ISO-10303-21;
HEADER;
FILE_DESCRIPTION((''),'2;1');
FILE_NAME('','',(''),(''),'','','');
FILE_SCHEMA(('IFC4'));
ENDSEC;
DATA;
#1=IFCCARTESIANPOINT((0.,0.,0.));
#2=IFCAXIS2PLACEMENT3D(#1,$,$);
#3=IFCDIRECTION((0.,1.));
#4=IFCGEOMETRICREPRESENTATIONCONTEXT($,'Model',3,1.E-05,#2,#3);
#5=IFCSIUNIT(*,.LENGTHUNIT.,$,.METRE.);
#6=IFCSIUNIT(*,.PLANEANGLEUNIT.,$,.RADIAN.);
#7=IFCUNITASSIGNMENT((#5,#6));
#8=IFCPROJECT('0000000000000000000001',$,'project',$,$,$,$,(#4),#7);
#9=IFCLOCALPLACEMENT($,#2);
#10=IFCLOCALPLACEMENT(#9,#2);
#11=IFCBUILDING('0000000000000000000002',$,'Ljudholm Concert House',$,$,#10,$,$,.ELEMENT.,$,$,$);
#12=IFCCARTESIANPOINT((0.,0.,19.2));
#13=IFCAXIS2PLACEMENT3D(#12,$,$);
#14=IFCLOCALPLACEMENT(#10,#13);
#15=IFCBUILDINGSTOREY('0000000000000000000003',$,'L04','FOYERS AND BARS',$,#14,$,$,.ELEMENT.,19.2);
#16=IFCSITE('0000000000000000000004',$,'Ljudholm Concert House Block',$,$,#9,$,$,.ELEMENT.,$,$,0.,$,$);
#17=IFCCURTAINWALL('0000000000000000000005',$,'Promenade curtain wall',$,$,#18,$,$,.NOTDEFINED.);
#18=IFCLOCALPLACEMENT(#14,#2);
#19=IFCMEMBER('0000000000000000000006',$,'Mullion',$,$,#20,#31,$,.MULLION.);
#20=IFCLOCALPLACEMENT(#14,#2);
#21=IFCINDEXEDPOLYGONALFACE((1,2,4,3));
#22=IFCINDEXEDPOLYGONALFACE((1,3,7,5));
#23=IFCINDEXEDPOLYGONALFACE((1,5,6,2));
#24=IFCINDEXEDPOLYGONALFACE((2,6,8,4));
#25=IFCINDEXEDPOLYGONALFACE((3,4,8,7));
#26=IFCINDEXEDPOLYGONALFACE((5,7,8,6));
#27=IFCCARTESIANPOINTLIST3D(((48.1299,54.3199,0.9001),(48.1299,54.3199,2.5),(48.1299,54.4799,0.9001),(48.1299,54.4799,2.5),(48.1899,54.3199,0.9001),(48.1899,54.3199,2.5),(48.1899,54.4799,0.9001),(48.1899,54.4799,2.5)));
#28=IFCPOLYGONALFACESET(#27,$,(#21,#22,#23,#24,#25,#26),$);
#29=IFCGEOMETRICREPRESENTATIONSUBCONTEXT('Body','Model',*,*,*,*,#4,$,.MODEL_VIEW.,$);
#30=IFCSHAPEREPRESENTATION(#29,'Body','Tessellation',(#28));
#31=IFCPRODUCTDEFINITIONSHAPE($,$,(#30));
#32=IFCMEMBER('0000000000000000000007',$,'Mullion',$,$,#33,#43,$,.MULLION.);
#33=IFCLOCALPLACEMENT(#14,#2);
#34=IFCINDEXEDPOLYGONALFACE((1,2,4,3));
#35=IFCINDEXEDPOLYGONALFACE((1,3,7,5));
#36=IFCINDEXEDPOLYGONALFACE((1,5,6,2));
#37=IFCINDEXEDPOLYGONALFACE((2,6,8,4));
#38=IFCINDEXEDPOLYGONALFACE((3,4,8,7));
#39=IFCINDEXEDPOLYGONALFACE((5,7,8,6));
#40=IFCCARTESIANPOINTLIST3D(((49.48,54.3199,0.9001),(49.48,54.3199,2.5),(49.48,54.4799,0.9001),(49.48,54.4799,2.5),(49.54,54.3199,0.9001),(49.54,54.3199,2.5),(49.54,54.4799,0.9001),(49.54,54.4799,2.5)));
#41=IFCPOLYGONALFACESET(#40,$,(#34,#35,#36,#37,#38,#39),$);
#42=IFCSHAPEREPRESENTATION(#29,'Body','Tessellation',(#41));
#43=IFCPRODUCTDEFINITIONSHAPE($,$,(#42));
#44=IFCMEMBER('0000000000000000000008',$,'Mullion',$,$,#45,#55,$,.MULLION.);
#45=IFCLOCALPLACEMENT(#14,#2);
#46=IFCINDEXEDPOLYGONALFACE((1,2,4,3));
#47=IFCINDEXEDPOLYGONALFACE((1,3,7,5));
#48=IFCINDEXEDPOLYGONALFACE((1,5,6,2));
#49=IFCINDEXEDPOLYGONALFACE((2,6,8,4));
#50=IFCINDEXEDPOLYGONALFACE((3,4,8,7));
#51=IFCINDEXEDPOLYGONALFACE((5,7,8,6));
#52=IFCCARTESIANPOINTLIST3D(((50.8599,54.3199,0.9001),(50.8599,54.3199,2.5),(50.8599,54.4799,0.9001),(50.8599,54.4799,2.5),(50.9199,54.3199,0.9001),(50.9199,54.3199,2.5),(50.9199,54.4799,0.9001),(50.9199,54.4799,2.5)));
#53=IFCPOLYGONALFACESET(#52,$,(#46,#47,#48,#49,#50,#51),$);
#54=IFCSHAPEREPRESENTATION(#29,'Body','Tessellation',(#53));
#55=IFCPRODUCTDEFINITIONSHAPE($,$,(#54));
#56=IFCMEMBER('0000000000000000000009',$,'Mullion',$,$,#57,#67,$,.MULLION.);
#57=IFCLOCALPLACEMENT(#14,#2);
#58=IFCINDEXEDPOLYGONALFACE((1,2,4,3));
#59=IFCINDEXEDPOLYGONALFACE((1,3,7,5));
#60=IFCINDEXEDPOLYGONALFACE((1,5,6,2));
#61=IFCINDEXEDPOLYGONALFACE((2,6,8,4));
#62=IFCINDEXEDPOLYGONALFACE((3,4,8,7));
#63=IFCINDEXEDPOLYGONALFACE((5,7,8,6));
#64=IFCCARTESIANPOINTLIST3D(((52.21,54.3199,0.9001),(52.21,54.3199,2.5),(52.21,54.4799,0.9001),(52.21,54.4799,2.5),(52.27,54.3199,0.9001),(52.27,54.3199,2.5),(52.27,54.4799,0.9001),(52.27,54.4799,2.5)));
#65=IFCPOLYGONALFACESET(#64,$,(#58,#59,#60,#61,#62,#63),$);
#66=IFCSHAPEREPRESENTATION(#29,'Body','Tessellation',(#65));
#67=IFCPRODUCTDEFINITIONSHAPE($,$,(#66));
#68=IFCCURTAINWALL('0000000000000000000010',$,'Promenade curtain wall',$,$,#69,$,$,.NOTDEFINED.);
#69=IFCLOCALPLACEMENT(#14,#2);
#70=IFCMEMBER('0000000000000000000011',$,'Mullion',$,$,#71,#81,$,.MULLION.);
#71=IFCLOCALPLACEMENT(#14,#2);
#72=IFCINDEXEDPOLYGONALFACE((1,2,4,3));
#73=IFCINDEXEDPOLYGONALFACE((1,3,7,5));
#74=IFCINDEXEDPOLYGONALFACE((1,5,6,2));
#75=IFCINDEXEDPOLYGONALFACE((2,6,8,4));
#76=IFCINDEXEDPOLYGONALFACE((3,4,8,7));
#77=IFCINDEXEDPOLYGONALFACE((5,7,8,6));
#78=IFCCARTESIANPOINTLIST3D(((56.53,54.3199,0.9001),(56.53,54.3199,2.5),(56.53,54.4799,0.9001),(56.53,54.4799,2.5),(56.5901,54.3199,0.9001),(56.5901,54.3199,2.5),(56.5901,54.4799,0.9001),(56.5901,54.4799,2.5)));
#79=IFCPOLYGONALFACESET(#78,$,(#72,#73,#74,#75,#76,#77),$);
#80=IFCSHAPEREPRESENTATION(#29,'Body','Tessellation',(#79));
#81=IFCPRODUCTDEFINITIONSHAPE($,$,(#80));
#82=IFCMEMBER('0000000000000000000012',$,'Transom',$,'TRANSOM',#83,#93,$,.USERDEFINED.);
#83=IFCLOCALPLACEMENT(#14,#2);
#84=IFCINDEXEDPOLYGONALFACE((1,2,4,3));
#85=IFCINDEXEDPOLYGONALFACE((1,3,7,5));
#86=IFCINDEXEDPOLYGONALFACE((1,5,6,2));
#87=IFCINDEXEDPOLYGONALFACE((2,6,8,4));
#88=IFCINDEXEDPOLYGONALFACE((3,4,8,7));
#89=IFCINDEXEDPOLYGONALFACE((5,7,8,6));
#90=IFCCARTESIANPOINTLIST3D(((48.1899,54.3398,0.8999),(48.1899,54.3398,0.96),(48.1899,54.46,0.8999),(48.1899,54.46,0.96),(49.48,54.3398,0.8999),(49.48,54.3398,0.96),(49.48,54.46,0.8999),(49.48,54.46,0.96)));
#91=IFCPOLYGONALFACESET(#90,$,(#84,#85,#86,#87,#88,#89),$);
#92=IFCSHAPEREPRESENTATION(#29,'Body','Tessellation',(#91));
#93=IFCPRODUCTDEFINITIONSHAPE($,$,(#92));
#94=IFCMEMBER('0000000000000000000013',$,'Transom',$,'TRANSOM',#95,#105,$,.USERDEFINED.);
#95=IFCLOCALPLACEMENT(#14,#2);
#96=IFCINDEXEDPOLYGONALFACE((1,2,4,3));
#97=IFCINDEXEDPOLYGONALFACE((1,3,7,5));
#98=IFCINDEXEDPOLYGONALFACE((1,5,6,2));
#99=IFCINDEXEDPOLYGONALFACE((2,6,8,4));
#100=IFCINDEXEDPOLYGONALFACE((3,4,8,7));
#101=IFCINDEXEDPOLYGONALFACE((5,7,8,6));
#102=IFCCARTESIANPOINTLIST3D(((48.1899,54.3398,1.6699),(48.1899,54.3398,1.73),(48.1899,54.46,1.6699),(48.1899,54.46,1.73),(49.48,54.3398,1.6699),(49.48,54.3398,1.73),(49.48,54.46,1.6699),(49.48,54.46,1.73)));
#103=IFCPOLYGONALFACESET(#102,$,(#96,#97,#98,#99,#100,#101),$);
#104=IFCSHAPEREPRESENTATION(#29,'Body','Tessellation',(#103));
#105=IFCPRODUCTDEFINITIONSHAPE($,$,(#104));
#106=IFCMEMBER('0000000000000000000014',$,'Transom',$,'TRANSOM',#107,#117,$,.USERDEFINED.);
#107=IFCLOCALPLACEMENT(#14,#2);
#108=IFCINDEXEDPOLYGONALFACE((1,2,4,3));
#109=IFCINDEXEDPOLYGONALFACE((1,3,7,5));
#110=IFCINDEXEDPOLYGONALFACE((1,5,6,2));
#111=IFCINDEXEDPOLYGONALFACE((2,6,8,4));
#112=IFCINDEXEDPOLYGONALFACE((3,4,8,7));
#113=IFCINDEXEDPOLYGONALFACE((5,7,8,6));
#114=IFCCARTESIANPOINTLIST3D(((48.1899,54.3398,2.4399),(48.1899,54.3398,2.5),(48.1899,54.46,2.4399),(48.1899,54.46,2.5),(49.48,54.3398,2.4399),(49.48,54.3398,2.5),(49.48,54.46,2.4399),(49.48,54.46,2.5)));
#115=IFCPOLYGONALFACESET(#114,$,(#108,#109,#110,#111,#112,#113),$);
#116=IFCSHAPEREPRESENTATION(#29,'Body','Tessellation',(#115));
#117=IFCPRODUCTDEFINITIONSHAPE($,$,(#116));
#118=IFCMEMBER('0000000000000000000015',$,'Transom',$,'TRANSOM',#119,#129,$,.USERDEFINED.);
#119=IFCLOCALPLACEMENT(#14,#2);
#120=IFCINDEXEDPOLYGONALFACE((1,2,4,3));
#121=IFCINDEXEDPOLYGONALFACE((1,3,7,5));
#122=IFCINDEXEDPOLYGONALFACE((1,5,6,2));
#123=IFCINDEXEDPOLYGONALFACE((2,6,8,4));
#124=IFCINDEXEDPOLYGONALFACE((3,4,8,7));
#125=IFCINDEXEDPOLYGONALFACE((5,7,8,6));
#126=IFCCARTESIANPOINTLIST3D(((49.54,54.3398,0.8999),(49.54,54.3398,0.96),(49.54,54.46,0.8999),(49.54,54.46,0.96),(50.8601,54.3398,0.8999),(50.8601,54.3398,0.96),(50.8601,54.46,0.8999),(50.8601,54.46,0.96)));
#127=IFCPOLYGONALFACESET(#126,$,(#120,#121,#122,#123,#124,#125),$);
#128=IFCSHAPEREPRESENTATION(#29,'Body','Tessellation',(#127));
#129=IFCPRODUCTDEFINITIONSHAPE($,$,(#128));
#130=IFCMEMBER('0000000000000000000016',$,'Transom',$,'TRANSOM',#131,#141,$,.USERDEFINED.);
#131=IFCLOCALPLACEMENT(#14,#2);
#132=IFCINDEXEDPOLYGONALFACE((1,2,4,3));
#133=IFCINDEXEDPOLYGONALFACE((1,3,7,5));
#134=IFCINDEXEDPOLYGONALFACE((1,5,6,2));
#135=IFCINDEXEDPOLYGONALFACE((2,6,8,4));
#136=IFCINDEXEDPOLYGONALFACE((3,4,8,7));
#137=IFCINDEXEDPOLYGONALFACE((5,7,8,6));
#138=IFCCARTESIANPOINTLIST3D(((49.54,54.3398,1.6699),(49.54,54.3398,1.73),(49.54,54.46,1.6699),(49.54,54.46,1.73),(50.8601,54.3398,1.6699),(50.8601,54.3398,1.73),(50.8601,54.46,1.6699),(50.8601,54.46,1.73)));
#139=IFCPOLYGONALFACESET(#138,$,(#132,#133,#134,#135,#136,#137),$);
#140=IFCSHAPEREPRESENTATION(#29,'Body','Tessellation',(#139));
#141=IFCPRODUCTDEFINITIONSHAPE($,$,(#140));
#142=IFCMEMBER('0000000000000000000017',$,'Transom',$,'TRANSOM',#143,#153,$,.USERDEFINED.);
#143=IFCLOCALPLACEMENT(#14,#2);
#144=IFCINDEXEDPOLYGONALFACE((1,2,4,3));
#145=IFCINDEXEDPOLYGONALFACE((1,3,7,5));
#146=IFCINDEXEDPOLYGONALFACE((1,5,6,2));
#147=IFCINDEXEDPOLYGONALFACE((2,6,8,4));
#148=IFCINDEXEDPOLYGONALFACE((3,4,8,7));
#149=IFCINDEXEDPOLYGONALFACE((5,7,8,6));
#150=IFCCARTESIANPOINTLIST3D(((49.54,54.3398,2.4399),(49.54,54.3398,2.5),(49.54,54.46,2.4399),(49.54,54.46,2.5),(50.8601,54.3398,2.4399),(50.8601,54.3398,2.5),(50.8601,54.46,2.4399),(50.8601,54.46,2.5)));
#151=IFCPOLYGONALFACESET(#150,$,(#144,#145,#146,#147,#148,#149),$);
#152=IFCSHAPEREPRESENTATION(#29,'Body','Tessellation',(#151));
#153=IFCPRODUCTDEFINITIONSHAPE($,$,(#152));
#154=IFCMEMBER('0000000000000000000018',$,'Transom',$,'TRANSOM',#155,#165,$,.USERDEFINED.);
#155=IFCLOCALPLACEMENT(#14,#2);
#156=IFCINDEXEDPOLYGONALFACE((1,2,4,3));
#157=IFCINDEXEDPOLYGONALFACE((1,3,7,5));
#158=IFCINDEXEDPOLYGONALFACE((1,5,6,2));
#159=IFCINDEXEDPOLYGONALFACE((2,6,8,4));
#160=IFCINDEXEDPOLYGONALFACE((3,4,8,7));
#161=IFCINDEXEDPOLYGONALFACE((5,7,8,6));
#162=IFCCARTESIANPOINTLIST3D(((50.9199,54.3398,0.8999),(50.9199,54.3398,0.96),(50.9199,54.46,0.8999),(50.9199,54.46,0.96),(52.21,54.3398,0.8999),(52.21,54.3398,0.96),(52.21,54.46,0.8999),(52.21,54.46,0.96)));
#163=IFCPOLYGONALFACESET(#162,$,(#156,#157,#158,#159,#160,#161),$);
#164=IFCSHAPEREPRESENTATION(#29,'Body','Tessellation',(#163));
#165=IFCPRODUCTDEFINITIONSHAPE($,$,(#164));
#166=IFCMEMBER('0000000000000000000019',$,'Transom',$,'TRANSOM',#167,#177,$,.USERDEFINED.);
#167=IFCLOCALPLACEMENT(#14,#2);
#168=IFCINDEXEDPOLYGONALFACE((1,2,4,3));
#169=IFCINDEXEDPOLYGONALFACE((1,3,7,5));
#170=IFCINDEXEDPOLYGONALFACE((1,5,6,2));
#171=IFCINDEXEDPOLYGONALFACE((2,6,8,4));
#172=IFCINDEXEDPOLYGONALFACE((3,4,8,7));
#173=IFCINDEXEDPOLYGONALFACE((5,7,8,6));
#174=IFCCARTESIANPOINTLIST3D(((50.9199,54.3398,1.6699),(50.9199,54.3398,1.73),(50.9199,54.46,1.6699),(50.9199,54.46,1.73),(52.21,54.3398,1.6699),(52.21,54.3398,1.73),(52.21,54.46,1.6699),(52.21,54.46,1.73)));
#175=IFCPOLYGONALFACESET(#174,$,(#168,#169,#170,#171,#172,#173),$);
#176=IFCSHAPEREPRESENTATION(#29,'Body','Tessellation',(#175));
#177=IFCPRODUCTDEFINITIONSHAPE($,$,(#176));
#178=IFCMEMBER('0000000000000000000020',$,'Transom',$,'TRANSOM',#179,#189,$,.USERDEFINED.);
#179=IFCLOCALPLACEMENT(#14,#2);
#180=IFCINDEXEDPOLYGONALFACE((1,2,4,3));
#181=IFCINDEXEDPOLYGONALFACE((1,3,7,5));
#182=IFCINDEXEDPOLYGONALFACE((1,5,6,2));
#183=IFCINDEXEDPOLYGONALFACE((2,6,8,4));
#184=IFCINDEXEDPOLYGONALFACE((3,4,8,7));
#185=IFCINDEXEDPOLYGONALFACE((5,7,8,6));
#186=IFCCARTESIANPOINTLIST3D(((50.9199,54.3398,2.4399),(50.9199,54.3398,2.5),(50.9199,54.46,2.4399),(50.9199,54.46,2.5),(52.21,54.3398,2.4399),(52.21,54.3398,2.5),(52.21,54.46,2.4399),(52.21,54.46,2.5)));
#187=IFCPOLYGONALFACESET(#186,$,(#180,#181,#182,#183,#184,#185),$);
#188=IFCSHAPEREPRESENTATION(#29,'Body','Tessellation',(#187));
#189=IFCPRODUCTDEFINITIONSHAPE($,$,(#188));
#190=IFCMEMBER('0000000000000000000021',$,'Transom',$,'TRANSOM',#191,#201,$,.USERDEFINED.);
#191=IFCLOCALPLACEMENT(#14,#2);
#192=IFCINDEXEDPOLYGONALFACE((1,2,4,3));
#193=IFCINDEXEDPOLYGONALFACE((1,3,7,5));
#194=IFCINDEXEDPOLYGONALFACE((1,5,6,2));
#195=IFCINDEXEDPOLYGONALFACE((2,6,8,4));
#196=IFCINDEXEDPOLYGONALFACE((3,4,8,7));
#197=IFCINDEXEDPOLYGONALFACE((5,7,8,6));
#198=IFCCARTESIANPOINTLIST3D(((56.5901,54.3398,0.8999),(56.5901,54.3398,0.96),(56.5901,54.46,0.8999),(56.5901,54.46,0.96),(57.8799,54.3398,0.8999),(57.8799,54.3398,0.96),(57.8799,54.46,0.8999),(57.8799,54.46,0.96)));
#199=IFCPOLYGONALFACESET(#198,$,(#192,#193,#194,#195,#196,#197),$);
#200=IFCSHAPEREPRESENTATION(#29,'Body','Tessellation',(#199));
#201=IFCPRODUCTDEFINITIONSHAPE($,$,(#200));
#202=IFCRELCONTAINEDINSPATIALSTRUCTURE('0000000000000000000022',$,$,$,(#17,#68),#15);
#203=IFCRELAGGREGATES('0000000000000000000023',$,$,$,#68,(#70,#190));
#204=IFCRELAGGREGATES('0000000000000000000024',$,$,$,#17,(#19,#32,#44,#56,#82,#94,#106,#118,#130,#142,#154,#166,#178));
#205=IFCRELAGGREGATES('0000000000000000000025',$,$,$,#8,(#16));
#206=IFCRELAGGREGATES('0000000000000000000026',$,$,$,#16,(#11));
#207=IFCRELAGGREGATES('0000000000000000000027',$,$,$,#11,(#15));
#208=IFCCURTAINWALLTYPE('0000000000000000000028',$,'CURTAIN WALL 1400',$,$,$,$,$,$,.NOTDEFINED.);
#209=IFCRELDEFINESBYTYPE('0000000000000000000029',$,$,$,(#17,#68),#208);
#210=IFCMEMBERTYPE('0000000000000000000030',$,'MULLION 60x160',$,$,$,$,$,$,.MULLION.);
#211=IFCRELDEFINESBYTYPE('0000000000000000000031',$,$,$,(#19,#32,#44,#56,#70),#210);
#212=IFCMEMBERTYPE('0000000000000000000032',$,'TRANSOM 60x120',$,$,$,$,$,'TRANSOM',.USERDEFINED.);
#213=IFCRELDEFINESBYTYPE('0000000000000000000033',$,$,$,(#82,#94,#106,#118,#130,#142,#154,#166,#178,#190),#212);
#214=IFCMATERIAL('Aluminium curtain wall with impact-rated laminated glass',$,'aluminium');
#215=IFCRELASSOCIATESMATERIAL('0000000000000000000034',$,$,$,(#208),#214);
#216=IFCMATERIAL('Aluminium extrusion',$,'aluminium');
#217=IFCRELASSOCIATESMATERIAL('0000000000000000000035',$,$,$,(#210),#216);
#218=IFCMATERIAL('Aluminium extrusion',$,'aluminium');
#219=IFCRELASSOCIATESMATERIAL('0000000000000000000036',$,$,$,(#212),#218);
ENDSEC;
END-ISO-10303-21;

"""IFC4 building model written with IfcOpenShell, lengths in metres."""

from ifc_helpers import new_model, si_unit, direction, frame, origin, origin_2d, place, context, subcontext, project, spatial, rectangle, extrude, material, material_profile, profile_set, type_object, element, aggregate, save


model = new_model("IFC4")

# Units and contexts
model_context = context("Model", 3, precision=1e-05, world=origin(), true_north=direction((0.0, 1.0)))
body_context = subcontext(model_context, "Body", "Model", "MODEL_VIEW")
ifc_project = project(units=[si_unit("LENGTHUNIT", "METRE"), si_unit("PLANEANGLEUNIT", "RADIAN")], contexts=[model_context])

# Site, building, storey
site_placement = place(None, origin())
site = spatial("IfcSite", under=ifc_project, at=site_placement, Name="Ljudholm Concert House Block", CompositionType="ELEMENT", RefElevation=0.0)
building_placement = place(site_placement, origin())
building = spatial("IfcBuilding", under=site, at=building_placement, Name="Ljudholm Concert House", CompositionType="ELEMENT")
storey_placement = place(building_placement, frame((0.0, 0.0, 19.2)))
storey = spatial("IfcBuildingStorey", under=building, at=storey_placement, Name="L04", Description="FOYERS AND BARS", CompositionType="ELEMENT", Elevation=19.2)

# Curtain wall, members
ifc_material_1 = material(Name="Aluminium curtain wall with impact-rated laminated glass", Category="aluminium")
curtain_wall_type = type_object("IfcCurtainWallType", Name="CURTAIN WALL 1400", PredefinedType="NOTDEFINED", material=ifc_material_1)
curtain_wall_1_placement = place(storey_placement, origin())
curtain_wall_1 = element("IfcCurtainWall", 1, at=curtain_wall_1_placement, inside=storey, type_object=curtain_wall_type, Name="Promenade curtain wall", PredefinedType="NOTDEFINED")
ifc_material_2 = material(Name="Aluminium extrusion", Category="aluminium")
ifc_material_profile_1 = material_profile(ifc_material_2, rectangle(XDim=0.1599, YDim=0.0601, at=origin_2d()), Name="MULLION 60x160")
ifc_profile_set_1 = profile_set([ifc_material_profile_1], Name="Aluminium extrusion")
member_type_1 = type_object("IfcMemberType", Name="MULLION 60x160", PredefinedType="MULLION", material=ifc_profile_set_1)
member_1_placement = place(storey_placement, frame((48.1599, 54.3999, 0.9001), z_axis=(0.0, 0.0, 1.0), x_axis=(0.0, 1.0, 0.0)))
member_1 = element("IfcMember", 2, at=member_1_placement, type_object=member_type_1, Name="Mullion", PredefinedType="MULLION", context=body_context, shape_type="SweptSolid", body=[
    extrude(rectangle(XDim=0.1599, YDim=0.0601, at=origin_2d()), origin(), (0.0, 0.0, 1.0), 1.5999),
])
member_2_placement = place(storey_placement, frame((49.51, 54.3999, 0.9001), z_axis=(0.0, 0.0, 1.0), x_axis=(0.0, 1.0, 0.0)))
member_2 = element("IfcMember", 3, at=member_2_placement, type_object=member_type_1, Name="Mullion", PredefinedType="MULLION", context=body_context, shape_type="SweptSolid", body=[
    extrude(rectangle(XDim=0.1599, YDim=0.0601, at=origin_2d()), origin(), (0.0, 0.0, 1.0), 1.5999),
])
member_3_placement = place(storey_placement, frame((50.8899, 54.3999, 0.9001), z_axis=(0.0, 0.0, 1.0), x_axis=(0.0, 1.0, 0.0)))
member_3 = element("IfcMember", 4, at=member_3_placement, type_object=member_type_1, Name="Mullion", PredefinedType="MULLION", context=body_context, shape_type="SweptSolid", body=[
    extrude(rectangle(XDim=0.1599, YDim=0.0601, at=origin_2d()), origin(), (0.0, 0.0, 1.0), 1.5999),
])
member_4_placement = place(storey_placement, frame((52.24, 54.3999, 0.9001), z_axis=(0.0, 0.0, 1.0), x_axis=(0.0, 1.0, 0.0)))
member_4 = element("IfcMember", 5, at=member_4_placement, type_object=member_type_1, Name="Mullion", PredefinedType="MULLION", context=body_context, shape_type="SweptSolid", body=[
    extrude(rectangle(XDim=0.1599, YDim=0.0601, at=origin_2d()), origin(), (0.0, 0.0, 1.0), 1.5999),
])

# Curtain wall, member
curtain_wall_2_placement = place(storey_placement, origin())
curtain_wall_2 = element("IfcCurtainWall", 6, at=curtain_wall_2_placement, inside=storey, type_object=curtain_wall_type, Name="Promenade curtain wall", PredefinedType="NOTDEFINED")
member_5_placement = place(storey_placement, frame((56.5601, 54.3999, 0.9001), z_axis=(0.0, 0.0, 1.0), x_axis=(0.0, 1.0, 0.0)))
member_5 = element("IfcMember", 7, at=member_5_placement, type_object=member_type_1, Name="Mullion", PredefinedType="MULLION", context=body_context, shape_type="SweptSolid", body=[
    extrude(rectangle(XDim=0.1599, YDim=0.0601, at=origin_2d()), origin(), (0.0, 0.0, 1.0), 1.5999),
])

# Members
ifc_material_3 = material(Name="Aluminium extrusion", Category="aluminium")
ifc_material_profile_2 = material_profile(ifc_material_3, rectangle(XDim=0.1201, YDim=0.0601, at=origin_2d()), Name="TRANSOM 60x120")
ifc_profile_set_2 = profile_set([ifc_material_profile_2], Name="Aluminium extrusion")
member_type_2 = type_object("IfcMemberType", Name="TRANSOM 60x120", ElementType="TRANSOM", PredefinedType="USERDEFINED", material=ifc_profile_set_2)
member_6_placement = place(storey_placement, frame((48.1899, 54.3999, 0.9299), z_axis=(1.0, 0.0, 0.0), x_axis=(0.0, 1.0, 0.0)))
member_6 = element("IfcMember", 8, at=member_6_placement, type_object=member_type_2, Name="Transom", ObjectType="TRANSOM", PredefinedType="USERDEFINED", context=body_context, shape_type="SweptSolid", body=[
    extrude(rectangle(XDim=0.1201, YDim=0.0601, at=origin_2d()), origin(), (0.0, 0.0, 1.0), 1.29),
])
member_7_placement = place(storey_placement, frame((48.1899, 54.3999, 1.7), z_axis=(1.0, 0.0, 0.0), x_axis=(0.0, 1.0, 0.0)))
member_7 = element("IfcMember", 9, at=member_7_placement, type_object=member_type_2, Name="Transom", ObjectType="TRANSOM", PredefinedType="USERDEFINED", context=body_context, shape_type="SweptSolid", body=[
    extrude(rectangle(XDim=0.1201, YDim=0.0601, at=origin_2d()), origin(), (0.0, 0.0, 1.0), 1.29),
])
member_8_placement = place(storey_placement, frame((48.1899, 54.3999, 2.47), z_axis=(1.0, 0.0, 0.0), x_axis=(0.0, 1.0, 0.0)))
member_8 = element("IfcMember", 10, at=member_8_placement, type_object=member_type_2, Name="Transom", ObjectType="TRANSOM", PredefinedType="USERDEFINED", context=body_context, shape_type="SweptSolid", body=[
    extrude(rectangle(XDim=0.1201, YDim=0.0601, at=origin_2d()), origin(), (0.0, 0.0, 1.0), 1.29),
])
member_9_placement = place(storey_placement, frame((49.54, 54.3999, 0.9299), z_axis=(1.0, 0.0, 0.0), x_axis=(0.0, 1.0, 0.0)))
member_9 = element("IfcMember", 11, at=member_9_placement, type_object=member_type_2, Name="Transom", ObjectType="TRANSOM", PredefinedType="USERDEFINED", context=body_context, shape_type="SweptSolid", body=[
    extrude(rectangle(XDim=0.1201, YDim=0.0601, at=origin_2d()), origin(), (0.0, 0.0, 1.0), 1.3201),
])
member_10_placement = place(storey_placement, frame((49.54, 54.3999, 1.7), z_axis=(1.0, 0.0, 0.0), x_axis=(0.0, 1.0, 0.0)))
member_10 = element("IfcMember", 12, at=member_10_placement, type_object=member_type_2, Name="Transom", ObjectType="TRANSOM", PredefinedType="USERDEFINED", context=body_context, shape_type="SweptSolid", body=[
    extrude(rectangle(XDim=0.1201, YDim=0.0601, at=origin_2d()), origin(), (0.0, 0.0, 1.0), 1.3201),
])
member_11_placement = place(storey_placement, frame((49.54, 54.3999, 2.47), z_axis=(1.0, 0.0, 0.0), x_axis=(0.0, 1.0, 0.0)))
member_11 = element("IfcMember", 13, at=member_11_placement, type_object=member_type_2, Name="Transom", ObjectType="TRANSOM", PredefinedType="USERDEFINED", context=body_context, shape_type="SweptSolid", body=[
    extrude(rectangle(XDim=0.1201, YDim=0.0601, at=origin_2d()), origin(), (0.0, 0.0, 1.0), 1.3201),
])
member_12_placement = place(storey_placement, frame((50.9199, 54.3999, 0.9299), z_axis=(1.0, 0.0, 0.0), x_axis=(0.0, 1.0, 0.0)))
member_12 = element("IfcMember", 14, at=member_12_placement, type_object=member_type_2, Name="Transom", ObjectType="TRANSOM", PredefinedType="USERDEFINED", context=body_context, shape_type="SweptSolid", body=[
    extrude(rectangle(XDim=0.1201, YDim=0.0601, at=origin_2d()), origin(), (0.0, 0.0, 1.0), 1.29),
])
member_13_placement = place(storey_placement, frame((50.9199, 54.3999, 1.7), z_axis=(1.0, 0.0, 0.0), x_axis=(0.0, 1.0, 0.0)))
member_13 = element("IfcMember", 15, at=member_13_placement, type_object=member_type_2, Name="Transom", ObjectType="TRANSOM", PredefinedType="USERDEFINED", context=body_context, shape_type="SweptSolid", body=[
    extrude(rectangle(XDim=0.1201, YDim=0.0601, at=origin_2d()), origin(), (0.0, 0.0, 1.0), 1.29),
])
member_14_placement = place(storey_placement, frame((50.9199, 54.3999, 2.47), z_axis=(1.0, 0.0, 0.0), x_axis=(0.0, 1.0, 0.0)))
member_14 = element("IfcMember", 16, at=member_14_placement, type_object=member_type_2, Name="Transom", ObjectType="TRANSOM", PredefinedType="USERDEFINED", context=body_context, shape_type="SweptSolid", body=[
    extrude(rectangle(XDim=0.1201, YDim=0.0601, at=origin_2d()), origin(), (0.0, 0.0, 1.0), 1.29),
])
member_15_placement = place(storey_placement, frame((56.5901, 54.3999, 0.9299), z_axis=(1.0, 0.0, 0.0), x_axis=(0.0, 1.0, 0.0)))
member_15 = element("IfcMember", 17, at=member_15_placement, type_object=member_type_2, Name="Transom", ObjectType="TRANSOM", PredefinedType="USERDEFINED", context=body_context, shape_type="SweptSolid", body=[
    extrude(rectangle(XDim=0.1201, YDim=0.0601, at=origin_2d()), origin(), (0.0, 0.0, 1.0), 1.2898),
])
aggregate(curtain_wall_2, [member_5, member_15])

aggregate(curtain_wall_1, [member_1, member_2, member_3, member_4, member_6, member_7, member_8, member_9, member_10, member_11, member_12, member_13, member_14])

save(model, "model.ifc")
